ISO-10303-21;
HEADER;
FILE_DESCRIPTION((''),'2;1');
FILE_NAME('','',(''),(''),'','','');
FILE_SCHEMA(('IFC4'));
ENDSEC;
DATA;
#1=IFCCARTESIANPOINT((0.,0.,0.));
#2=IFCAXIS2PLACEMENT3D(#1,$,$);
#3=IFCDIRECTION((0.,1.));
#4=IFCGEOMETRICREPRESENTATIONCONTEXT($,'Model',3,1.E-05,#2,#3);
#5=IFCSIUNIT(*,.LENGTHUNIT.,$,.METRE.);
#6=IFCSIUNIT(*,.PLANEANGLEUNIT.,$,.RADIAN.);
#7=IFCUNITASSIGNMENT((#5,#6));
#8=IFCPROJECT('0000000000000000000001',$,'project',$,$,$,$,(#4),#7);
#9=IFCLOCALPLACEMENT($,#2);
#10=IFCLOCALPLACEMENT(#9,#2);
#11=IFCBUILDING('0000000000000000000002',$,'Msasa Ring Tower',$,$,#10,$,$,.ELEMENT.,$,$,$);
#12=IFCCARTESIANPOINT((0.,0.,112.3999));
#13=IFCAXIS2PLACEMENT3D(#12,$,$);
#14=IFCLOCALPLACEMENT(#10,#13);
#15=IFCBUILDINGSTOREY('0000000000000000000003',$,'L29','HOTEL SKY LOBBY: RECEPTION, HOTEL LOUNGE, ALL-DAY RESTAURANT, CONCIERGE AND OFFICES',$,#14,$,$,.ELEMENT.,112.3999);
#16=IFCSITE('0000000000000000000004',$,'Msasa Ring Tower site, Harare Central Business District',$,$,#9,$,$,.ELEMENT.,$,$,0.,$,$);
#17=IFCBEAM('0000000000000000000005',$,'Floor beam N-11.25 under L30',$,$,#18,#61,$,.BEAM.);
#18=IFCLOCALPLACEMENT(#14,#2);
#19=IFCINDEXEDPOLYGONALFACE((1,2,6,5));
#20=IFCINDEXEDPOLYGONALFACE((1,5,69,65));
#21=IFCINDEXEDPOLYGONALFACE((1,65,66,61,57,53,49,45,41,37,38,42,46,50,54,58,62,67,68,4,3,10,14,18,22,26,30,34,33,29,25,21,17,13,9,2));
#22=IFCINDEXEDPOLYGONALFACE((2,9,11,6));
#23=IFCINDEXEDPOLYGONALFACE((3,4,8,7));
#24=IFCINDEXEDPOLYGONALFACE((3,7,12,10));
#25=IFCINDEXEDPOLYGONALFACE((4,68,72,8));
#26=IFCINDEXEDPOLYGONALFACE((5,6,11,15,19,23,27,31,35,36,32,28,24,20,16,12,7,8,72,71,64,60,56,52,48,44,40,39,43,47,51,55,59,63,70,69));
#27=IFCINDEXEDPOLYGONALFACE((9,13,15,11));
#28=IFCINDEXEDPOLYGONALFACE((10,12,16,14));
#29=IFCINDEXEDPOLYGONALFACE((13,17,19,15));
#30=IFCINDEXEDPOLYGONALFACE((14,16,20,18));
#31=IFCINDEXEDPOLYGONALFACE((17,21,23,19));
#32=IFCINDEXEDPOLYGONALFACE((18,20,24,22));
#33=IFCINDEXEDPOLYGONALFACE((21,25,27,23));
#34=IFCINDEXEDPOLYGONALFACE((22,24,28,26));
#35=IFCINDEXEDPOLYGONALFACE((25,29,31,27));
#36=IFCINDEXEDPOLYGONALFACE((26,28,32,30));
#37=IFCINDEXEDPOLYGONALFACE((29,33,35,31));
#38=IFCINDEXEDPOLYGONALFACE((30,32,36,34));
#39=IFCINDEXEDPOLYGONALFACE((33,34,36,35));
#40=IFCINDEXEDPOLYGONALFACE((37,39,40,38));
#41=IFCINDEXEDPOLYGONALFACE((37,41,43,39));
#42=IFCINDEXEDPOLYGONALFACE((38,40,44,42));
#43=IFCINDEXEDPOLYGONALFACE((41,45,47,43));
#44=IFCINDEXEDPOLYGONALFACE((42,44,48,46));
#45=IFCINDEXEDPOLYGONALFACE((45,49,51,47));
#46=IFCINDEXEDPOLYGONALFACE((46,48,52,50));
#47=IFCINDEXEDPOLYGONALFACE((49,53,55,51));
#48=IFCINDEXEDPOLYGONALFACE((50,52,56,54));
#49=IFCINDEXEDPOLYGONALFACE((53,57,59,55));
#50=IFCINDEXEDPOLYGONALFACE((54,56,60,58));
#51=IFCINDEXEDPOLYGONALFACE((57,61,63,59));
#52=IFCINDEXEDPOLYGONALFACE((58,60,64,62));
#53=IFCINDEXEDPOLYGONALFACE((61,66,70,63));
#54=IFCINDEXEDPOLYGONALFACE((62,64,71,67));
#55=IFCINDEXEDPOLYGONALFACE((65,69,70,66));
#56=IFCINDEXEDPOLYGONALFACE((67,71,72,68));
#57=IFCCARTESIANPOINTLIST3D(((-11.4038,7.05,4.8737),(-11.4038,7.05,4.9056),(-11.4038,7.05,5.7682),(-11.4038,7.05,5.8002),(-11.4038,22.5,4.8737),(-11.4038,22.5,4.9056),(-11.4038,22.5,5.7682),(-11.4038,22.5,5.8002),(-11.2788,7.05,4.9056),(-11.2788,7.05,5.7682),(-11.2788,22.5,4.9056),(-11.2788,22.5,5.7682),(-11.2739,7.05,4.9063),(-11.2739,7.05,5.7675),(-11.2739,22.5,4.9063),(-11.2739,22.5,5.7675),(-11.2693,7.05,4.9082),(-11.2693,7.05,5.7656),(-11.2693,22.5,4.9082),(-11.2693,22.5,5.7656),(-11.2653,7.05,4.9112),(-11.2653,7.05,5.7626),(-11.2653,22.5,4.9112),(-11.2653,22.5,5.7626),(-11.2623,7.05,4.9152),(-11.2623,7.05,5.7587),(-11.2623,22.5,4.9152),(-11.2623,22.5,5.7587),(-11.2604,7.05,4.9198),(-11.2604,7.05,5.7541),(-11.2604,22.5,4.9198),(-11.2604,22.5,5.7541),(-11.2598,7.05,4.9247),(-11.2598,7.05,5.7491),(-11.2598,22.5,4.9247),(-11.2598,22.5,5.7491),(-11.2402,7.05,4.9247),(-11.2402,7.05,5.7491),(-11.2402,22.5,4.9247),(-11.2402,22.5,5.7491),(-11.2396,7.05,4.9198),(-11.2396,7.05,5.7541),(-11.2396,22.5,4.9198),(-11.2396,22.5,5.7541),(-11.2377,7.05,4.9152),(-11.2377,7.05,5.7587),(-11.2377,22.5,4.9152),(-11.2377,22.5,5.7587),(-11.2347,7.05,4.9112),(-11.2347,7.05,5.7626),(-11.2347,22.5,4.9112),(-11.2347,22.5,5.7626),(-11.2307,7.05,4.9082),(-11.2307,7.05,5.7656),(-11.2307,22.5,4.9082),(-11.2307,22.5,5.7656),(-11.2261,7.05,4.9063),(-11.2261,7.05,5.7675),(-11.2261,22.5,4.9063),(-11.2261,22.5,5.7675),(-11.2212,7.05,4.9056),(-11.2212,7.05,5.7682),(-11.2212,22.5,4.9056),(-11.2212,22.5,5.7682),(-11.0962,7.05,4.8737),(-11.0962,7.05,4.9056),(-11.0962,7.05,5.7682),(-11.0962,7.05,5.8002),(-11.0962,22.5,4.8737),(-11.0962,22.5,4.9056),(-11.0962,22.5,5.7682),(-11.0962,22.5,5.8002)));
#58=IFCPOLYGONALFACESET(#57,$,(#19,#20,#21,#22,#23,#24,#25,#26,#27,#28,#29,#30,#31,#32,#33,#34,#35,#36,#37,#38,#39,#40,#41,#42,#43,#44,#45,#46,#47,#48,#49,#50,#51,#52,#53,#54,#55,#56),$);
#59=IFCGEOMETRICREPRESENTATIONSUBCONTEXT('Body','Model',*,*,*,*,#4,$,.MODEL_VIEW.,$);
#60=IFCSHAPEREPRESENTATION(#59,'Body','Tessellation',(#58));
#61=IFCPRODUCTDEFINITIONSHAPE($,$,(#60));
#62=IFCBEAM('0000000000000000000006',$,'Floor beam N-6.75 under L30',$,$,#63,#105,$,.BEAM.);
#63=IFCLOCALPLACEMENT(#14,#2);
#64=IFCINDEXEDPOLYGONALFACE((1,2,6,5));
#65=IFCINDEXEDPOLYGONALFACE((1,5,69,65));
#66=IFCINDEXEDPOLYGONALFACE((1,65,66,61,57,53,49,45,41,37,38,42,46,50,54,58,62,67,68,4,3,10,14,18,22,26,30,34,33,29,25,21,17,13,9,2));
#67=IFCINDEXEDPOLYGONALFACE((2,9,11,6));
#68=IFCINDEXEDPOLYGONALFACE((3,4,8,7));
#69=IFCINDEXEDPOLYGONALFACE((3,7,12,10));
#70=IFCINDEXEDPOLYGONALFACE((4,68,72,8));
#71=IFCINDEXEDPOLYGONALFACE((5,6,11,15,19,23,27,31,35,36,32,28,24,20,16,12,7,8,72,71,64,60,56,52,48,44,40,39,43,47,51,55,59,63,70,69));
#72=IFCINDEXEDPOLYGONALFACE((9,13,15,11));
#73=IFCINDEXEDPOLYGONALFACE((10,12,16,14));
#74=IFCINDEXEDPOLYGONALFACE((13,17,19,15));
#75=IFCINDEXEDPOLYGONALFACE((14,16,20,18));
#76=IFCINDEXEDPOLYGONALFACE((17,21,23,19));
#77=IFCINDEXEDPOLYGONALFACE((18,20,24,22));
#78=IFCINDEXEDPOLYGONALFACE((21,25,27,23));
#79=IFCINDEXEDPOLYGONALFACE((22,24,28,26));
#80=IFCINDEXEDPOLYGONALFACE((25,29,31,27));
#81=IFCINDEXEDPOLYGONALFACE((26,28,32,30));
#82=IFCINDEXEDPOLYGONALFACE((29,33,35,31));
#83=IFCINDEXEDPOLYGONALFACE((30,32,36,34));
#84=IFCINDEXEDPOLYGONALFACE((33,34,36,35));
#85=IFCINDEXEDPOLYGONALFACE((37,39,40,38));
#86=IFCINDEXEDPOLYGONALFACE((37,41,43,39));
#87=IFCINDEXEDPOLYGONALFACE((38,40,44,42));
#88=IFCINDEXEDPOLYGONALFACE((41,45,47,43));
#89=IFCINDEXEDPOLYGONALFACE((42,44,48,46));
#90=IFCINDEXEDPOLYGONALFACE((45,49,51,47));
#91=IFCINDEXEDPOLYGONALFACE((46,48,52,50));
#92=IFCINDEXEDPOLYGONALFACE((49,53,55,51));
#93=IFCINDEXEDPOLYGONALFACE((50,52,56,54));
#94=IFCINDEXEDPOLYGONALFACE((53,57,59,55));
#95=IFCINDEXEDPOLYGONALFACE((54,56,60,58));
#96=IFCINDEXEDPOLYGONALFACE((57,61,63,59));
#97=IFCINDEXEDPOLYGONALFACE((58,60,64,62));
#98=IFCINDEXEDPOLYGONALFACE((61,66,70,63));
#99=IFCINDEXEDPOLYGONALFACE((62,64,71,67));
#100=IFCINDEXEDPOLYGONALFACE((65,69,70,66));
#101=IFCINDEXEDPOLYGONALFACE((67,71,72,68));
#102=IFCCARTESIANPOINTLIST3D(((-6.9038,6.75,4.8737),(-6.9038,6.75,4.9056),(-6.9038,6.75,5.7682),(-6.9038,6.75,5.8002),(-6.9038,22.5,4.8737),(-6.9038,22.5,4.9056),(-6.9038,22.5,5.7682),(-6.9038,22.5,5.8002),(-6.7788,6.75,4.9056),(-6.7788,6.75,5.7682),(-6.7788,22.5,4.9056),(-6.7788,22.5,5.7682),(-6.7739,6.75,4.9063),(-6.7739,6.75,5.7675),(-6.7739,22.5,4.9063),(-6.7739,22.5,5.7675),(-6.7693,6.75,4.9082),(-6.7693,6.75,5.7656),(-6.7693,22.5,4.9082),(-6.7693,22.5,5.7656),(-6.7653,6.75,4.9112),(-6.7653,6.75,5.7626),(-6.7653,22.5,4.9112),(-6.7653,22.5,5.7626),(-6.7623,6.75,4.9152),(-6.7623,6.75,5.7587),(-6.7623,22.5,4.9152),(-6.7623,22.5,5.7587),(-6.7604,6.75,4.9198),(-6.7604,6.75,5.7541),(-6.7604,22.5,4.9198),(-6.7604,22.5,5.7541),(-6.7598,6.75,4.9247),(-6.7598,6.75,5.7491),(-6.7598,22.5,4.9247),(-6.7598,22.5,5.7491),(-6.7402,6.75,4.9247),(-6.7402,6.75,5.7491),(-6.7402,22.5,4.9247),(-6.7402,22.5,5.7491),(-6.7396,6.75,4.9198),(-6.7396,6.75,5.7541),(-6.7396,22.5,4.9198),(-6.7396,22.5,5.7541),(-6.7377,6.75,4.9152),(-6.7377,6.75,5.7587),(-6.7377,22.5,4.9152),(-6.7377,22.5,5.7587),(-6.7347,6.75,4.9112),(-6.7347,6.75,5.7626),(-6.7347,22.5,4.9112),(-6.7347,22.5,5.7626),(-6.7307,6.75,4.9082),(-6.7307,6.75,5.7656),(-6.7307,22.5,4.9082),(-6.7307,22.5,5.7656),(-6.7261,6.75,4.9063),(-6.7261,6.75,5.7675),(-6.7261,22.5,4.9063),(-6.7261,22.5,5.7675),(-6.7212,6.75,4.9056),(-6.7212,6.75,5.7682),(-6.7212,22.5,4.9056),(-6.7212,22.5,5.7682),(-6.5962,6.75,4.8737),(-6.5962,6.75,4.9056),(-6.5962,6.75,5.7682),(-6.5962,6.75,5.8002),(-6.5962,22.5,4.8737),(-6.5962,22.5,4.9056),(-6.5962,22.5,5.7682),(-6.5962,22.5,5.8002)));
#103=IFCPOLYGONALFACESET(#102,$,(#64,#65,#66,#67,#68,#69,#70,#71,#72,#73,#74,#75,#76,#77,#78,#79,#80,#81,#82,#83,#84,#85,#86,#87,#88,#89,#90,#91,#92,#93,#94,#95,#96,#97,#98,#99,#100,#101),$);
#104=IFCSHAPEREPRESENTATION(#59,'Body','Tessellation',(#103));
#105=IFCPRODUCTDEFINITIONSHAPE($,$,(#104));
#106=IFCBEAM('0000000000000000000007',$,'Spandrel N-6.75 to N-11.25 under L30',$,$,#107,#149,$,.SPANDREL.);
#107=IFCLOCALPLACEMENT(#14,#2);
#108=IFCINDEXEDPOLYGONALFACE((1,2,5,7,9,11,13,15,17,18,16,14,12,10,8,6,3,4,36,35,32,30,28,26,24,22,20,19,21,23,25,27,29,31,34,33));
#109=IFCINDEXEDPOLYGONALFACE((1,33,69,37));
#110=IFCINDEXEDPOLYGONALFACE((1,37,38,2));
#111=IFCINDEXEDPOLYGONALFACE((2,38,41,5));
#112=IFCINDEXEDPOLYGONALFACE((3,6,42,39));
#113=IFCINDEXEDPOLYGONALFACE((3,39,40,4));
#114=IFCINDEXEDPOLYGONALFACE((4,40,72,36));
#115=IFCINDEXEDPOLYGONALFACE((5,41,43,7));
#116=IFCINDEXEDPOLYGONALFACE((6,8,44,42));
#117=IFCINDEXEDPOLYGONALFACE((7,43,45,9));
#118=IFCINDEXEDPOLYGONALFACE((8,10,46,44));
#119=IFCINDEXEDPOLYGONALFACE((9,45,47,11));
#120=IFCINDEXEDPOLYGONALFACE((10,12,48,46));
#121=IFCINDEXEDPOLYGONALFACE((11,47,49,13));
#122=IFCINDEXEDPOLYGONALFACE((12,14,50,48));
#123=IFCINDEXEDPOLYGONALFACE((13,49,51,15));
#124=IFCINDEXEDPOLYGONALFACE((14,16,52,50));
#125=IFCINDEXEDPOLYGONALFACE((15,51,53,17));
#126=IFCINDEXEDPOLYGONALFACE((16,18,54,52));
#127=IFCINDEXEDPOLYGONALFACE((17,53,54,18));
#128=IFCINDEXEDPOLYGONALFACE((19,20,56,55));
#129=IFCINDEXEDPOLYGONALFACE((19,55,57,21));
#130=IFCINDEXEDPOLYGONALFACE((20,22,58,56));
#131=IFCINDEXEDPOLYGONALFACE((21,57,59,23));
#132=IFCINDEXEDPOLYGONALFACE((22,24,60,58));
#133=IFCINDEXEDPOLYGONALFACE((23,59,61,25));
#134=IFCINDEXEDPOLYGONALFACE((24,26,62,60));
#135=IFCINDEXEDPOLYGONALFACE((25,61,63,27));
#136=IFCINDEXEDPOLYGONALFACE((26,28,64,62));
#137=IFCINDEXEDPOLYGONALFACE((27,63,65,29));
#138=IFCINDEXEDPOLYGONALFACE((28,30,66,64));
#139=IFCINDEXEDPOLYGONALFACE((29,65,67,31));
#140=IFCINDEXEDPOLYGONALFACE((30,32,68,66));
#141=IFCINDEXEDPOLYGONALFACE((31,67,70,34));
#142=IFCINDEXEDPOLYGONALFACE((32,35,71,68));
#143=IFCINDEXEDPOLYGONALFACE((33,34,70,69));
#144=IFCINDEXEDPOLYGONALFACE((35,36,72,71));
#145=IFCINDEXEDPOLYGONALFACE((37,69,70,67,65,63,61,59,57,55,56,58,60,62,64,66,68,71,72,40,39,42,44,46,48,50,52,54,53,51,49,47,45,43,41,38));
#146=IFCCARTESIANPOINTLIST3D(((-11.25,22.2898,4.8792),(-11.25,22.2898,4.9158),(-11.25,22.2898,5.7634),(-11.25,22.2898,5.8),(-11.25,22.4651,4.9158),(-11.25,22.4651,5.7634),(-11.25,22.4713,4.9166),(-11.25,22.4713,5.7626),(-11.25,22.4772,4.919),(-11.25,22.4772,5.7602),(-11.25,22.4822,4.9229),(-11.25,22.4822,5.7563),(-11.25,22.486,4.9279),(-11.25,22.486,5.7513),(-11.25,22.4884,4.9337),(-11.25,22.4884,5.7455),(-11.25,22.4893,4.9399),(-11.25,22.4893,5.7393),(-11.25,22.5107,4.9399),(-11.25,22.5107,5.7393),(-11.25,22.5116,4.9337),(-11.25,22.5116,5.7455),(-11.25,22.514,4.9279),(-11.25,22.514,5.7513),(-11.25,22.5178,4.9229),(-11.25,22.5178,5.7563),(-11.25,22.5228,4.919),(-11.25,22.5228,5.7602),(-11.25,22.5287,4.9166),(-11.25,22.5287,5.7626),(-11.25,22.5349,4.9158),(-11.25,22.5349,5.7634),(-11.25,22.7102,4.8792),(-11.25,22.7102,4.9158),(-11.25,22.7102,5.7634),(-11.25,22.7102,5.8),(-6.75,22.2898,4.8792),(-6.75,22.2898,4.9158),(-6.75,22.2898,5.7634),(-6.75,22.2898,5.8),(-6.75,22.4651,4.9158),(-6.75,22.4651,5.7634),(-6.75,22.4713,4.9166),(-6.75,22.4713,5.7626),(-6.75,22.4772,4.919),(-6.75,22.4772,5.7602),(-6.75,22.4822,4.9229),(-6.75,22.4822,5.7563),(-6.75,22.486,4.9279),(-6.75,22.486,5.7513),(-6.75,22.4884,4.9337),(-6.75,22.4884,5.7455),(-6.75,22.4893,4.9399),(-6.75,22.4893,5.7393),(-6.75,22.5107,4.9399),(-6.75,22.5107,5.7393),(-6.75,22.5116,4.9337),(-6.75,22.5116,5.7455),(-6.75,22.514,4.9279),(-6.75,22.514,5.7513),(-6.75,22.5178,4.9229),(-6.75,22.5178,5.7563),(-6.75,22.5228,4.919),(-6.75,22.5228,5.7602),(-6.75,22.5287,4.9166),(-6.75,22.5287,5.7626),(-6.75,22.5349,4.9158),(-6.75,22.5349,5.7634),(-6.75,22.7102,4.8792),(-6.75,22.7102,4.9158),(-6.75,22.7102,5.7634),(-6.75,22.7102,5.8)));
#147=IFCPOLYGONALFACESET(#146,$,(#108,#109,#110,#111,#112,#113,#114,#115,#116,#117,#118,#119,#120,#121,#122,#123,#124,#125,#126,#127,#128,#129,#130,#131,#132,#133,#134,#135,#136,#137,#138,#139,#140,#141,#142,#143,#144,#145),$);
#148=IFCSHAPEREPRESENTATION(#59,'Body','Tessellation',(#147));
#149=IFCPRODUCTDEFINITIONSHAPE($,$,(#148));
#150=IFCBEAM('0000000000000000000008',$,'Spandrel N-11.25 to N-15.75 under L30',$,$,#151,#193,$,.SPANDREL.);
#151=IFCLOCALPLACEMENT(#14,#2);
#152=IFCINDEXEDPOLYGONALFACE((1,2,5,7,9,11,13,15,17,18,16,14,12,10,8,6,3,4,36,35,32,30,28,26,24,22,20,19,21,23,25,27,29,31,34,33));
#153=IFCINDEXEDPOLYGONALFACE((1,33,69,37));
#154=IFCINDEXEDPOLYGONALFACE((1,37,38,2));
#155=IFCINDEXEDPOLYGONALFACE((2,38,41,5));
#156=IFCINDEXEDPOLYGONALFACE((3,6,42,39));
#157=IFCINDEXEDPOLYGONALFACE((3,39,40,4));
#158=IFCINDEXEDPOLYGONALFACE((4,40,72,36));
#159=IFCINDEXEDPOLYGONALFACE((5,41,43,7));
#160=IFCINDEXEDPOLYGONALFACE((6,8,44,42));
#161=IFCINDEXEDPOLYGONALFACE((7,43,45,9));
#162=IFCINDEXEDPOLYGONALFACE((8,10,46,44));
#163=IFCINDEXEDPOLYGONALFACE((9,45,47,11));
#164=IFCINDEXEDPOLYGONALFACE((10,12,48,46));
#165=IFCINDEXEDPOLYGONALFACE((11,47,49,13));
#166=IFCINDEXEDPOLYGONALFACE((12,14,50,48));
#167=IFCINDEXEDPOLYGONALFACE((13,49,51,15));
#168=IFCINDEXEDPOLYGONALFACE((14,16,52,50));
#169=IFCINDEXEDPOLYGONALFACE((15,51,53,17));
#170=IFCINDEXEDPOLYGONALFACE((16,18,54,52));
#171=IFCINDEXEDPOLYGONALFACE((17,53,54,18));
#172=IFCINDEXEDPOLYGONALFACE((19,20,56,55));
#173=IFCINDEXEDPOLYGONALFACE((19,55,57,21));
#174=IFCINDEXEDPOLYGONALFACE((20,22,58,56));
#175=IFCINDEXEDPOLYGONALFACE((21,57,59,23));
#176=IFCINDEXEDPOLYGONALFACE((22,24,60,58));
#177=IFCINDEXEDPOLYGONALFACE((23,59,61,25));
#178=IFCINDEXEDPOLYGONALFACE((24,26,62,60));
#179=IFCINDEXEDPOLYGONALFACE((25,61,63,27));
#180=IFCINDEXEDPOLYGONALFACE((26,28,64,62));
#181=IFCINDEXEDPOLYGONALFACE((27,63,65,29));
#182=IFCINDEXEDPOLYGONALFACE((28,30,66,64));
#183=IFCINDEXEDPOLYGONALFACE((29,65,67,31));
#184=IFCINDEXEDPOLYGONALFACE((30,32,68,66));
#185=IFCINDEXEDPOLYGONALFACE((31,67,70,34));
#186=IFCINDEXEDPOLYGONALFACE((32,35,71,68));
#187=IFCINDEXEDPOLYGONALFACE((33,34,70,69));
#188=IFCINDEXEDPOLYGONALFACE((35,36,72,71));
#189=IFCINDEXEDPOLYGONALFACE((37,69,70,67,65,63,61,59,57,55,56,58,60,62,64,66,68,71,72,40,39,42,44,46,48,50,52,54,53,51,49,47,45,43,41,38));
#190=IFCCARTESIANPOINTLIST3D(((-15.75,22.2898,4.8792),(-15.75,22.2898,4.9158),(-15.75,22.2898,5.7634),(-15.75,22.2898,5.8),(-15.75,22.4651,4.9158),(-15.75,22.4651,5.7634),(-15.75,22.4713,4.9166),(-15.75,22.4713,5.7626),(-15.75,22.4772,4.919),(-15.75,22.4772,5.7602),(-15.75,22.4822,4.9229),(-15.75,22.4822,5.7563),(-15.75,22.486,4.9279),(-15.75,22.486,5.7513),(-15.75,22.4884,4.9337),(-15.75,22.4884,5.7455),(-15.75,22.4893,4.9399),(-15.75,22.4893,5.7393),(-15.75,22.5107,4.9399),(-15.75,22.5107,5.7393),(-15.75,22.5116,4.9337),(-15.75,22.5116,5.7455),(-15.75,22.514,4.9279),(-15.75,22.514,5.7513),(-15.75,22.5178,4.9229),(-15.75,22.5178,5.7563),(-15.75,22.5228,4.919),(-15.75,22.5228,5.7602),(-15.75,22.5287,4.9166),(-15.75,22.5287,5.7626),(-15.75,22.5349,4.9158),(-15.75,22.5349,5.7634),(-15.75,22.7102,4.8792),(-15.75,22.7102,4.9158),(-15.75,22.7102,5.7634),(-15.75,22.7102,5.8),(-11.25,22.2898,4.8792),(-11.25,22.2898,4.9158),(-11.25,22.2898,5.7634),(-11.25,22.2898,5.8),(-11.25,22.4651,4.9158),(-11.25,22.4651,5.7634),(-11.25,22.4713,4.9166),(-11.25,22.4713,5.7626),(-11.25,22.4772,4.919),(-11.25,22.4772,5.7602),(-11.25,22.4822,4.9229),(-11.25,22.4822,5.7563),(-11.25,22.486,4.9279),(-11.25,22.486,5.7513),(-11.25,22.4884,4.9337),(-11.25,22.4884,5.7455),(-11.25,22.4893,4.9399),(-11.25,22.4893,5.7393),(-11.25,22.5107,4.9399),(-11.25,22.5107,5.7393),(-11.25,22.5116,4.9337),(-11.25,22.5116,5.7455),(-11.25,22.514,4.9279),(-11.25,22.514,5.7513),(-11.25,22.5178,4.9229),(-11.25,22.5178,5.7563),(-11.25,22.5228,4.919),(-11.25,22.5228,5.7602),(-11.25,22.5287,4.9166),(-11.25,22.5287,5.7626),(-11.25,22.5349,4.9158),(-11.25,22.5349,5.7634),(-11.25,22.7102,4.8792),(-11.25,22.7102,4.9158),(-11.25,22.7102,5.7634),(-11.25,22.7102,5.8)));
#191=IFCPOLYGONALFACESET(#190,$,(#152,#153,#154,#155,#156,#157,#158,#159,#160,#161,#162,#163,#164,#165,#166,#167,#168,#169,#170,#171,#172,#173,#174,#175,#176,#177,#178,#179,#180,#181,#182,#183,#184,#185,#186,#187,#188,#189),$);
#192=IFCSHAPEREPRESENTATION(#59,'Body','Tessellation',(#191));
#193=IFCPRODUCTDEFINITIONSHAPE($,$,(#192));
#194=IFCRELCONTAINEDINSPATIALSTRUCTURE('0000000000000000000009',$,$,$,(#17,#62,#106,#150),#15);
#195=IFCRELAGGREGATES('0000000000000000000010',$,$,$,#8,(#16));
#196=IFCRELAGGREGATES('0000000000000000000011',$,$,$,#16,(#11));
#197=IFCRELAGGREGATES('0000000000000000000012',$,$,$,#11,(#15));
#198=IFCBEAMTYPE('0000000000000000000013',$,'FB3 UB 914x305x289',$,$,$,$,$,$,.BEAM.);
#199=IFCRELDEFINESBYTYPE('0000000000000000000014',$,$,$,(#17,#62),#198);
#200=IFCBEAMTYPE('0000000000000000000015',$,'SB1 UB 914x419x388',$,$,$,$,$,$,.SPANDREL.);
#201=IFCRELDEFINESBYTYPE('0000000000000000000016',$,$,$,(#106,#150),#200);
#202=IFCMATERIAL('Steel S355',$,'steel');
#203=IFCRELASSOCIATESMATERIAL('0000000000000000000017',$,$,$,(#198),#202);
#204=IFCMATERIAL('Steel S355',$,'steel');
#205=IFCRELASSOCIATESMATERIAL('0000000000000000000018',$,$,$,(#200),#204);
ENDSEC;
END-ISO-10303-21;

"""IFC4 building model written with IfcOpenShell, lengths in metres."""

from ifc_helpers import new_model, si_unit, direction, frame, origin, origin_2d, place, context, subcontext, project, spatial, i_section, extrude, material, material_profile, profile_set, type_object, element, save


model = new_model("IFC4")

# Units and contexts
model_context = context("Model", 3, precision=1e-05, world=origin(), true_north=direction((0.0, 1.0)))
body_context = subcontext(model_context, "Body", "Model", "MODEL_VIEW")
ifc_project = project(units=[si_unit("LENGTHUNIT", "METRE"), si_unit("PLANEANGLEUNIT", "RADIAN")], contexts=[model_context])

# Site, building, storey
site_placement = place(None, origin())
site = spatial("IfcSite", under=ifc_project, at=site_placement, Name="Msasa Ring Tower site, Harare Central Business District", CompositionType="ELEMENT", RefElevation=0.0)
building_placement = place(site_placement, origin())
building = spatial("IfcBuilding", under=site, at=building_placement, Name="Msasa Ring Tower", CompositionType="ELEMENT")
storey_placement = place(building_placement, frame((0.0, 0.0, 112.3999)))
storey = spatial("IfcBuildingStorey", under=building, at=storey_placement, Name="L29", Description="HOTEL SKY LOBBY: RECEPTION, HOTEL LOUNGE, ALL-DAY RESTAURANT, CONCIERGE AND OFFICES", CompositionType="ELEMENT", Elevation=112.3999)

# Beams
ifc_material_1 = material(Name="Steel S355", Category="steel")
ifc_material_profile_1 = material_profile(ifc_material_1, i_section(OverallWidth=0.3076, OverallDepth=0.9265, WebThickness=0.0195, FlangeThickness=0.032, FilletRadius=0.019, at=origin_2d()), Name="UB 914x305x289")
ifc_profile_set_1 = profile_set([ifc_material_profile_1], Name="Steel S355")
beam_type_1 = type_object("IfcBeamType", Name="FB3 UB 914x305x289", PredefinedType="BEAM", material=ifc_profile_set_1)
beam_1_placement = place(storey_placement, frame((-11.25, 22.5, 5.3369), z_axis=(0.0, -1.0, 0.0), x_axis=(1.0, 0.0, 0.0)))
element("IfcBeam", 1, at=beam_1_placement, inside=storey, type_object=beam_type_1, Name="Floor beam N-11.25 under L30", PredefinedType="BEAM", context=body_context, shape_type="SweptSolid", body=[
    extrude(i_section(OverallWidth=0.3076, OverallDepth=0.9265, WebThickness=0.0195, FlangeThickness=0.032, FilletRadius=0.019, at=origin_2d()), origin(), (0.0, 0.0, 1.0), 15.45),
])
beam_2_placement = place(storey_placement, frame((-6.75, 22.5, 5.3369), z_axis=(0.0, -1.0, 0.0), x_axis=(1.0, 0.0, 0.0)))
element("IfcBeam", 2, at=beam_2_placement, inside=storey, type_object=beam_type_1, Name="Floor beam N-6.75 under L30", PredefinedType="BEAM", context=body_context, shape_type="SweptSolid", body=[
    extrude(i_section(OverallWidth=0.3076, OverallDepth=0.9265, WebThickness=0.0195, FlangeThickness=0.032, FilletRadius=0.019, at=origin_2d()), origin(), (0.0, 0.0, 1.0), 15.75),
])
ifc_material_2 = material(Name="Steel S355", Category="steel")
ifc_material_profile_2 = material_profile(ifc_material_2, i_section(OverallWidth=0.4204, OverallDepth=0.9209, WebThickness=0.0215, FlangeThickness=0.0366, FilletRadius=0.0242, at=origin_2d()), Name="UB 914x419x388")
ifc_profile_set_2 = profile_set([ifc_material_profile_2], Name="Steel S355")
beam_type_2 = type_object("IfcBeamType", Name="SB1 UB 914x419x388", PredefinedType="SPANDREL", material=ifc_profile_set_2)
for number, where, z_axis, x_axis, name in (
    (3, (-6.75, 22.5, 5.3396), (-1.0, 0.0, 0.0), (0.0, -1.0, 0.0), "Spandrel N-6.75 to N-11.25 under L30"),
    (4, (-11.25, 22.5, 5.3396), (-1.0, 0.0, 0.0), (0.0, -1.0, 0.0), "Spandrel N-11.25 to N-15.75 under L30"),
):
    element("IfcBeam", number, at=place(storey_placement, frame(where, z_axis=z_axis, x_axis=x_axis)), inside=storey, type_object=beam_type_2, Name=name, PredefinedType="SPANDREL", context=body_context, shape_type="SweptSolid", body=[
        extrude(i_section(OverallWidth=0.4204, OverallDepth=0.9209, WebThickness=0.0215, FlangeThickness=0.0366, FilletRadius=0.0242, at=origin_2d()), origin(), (0.0, 0.0, 1.0), 4.5),
    ])

save(model, "model.ifc")
